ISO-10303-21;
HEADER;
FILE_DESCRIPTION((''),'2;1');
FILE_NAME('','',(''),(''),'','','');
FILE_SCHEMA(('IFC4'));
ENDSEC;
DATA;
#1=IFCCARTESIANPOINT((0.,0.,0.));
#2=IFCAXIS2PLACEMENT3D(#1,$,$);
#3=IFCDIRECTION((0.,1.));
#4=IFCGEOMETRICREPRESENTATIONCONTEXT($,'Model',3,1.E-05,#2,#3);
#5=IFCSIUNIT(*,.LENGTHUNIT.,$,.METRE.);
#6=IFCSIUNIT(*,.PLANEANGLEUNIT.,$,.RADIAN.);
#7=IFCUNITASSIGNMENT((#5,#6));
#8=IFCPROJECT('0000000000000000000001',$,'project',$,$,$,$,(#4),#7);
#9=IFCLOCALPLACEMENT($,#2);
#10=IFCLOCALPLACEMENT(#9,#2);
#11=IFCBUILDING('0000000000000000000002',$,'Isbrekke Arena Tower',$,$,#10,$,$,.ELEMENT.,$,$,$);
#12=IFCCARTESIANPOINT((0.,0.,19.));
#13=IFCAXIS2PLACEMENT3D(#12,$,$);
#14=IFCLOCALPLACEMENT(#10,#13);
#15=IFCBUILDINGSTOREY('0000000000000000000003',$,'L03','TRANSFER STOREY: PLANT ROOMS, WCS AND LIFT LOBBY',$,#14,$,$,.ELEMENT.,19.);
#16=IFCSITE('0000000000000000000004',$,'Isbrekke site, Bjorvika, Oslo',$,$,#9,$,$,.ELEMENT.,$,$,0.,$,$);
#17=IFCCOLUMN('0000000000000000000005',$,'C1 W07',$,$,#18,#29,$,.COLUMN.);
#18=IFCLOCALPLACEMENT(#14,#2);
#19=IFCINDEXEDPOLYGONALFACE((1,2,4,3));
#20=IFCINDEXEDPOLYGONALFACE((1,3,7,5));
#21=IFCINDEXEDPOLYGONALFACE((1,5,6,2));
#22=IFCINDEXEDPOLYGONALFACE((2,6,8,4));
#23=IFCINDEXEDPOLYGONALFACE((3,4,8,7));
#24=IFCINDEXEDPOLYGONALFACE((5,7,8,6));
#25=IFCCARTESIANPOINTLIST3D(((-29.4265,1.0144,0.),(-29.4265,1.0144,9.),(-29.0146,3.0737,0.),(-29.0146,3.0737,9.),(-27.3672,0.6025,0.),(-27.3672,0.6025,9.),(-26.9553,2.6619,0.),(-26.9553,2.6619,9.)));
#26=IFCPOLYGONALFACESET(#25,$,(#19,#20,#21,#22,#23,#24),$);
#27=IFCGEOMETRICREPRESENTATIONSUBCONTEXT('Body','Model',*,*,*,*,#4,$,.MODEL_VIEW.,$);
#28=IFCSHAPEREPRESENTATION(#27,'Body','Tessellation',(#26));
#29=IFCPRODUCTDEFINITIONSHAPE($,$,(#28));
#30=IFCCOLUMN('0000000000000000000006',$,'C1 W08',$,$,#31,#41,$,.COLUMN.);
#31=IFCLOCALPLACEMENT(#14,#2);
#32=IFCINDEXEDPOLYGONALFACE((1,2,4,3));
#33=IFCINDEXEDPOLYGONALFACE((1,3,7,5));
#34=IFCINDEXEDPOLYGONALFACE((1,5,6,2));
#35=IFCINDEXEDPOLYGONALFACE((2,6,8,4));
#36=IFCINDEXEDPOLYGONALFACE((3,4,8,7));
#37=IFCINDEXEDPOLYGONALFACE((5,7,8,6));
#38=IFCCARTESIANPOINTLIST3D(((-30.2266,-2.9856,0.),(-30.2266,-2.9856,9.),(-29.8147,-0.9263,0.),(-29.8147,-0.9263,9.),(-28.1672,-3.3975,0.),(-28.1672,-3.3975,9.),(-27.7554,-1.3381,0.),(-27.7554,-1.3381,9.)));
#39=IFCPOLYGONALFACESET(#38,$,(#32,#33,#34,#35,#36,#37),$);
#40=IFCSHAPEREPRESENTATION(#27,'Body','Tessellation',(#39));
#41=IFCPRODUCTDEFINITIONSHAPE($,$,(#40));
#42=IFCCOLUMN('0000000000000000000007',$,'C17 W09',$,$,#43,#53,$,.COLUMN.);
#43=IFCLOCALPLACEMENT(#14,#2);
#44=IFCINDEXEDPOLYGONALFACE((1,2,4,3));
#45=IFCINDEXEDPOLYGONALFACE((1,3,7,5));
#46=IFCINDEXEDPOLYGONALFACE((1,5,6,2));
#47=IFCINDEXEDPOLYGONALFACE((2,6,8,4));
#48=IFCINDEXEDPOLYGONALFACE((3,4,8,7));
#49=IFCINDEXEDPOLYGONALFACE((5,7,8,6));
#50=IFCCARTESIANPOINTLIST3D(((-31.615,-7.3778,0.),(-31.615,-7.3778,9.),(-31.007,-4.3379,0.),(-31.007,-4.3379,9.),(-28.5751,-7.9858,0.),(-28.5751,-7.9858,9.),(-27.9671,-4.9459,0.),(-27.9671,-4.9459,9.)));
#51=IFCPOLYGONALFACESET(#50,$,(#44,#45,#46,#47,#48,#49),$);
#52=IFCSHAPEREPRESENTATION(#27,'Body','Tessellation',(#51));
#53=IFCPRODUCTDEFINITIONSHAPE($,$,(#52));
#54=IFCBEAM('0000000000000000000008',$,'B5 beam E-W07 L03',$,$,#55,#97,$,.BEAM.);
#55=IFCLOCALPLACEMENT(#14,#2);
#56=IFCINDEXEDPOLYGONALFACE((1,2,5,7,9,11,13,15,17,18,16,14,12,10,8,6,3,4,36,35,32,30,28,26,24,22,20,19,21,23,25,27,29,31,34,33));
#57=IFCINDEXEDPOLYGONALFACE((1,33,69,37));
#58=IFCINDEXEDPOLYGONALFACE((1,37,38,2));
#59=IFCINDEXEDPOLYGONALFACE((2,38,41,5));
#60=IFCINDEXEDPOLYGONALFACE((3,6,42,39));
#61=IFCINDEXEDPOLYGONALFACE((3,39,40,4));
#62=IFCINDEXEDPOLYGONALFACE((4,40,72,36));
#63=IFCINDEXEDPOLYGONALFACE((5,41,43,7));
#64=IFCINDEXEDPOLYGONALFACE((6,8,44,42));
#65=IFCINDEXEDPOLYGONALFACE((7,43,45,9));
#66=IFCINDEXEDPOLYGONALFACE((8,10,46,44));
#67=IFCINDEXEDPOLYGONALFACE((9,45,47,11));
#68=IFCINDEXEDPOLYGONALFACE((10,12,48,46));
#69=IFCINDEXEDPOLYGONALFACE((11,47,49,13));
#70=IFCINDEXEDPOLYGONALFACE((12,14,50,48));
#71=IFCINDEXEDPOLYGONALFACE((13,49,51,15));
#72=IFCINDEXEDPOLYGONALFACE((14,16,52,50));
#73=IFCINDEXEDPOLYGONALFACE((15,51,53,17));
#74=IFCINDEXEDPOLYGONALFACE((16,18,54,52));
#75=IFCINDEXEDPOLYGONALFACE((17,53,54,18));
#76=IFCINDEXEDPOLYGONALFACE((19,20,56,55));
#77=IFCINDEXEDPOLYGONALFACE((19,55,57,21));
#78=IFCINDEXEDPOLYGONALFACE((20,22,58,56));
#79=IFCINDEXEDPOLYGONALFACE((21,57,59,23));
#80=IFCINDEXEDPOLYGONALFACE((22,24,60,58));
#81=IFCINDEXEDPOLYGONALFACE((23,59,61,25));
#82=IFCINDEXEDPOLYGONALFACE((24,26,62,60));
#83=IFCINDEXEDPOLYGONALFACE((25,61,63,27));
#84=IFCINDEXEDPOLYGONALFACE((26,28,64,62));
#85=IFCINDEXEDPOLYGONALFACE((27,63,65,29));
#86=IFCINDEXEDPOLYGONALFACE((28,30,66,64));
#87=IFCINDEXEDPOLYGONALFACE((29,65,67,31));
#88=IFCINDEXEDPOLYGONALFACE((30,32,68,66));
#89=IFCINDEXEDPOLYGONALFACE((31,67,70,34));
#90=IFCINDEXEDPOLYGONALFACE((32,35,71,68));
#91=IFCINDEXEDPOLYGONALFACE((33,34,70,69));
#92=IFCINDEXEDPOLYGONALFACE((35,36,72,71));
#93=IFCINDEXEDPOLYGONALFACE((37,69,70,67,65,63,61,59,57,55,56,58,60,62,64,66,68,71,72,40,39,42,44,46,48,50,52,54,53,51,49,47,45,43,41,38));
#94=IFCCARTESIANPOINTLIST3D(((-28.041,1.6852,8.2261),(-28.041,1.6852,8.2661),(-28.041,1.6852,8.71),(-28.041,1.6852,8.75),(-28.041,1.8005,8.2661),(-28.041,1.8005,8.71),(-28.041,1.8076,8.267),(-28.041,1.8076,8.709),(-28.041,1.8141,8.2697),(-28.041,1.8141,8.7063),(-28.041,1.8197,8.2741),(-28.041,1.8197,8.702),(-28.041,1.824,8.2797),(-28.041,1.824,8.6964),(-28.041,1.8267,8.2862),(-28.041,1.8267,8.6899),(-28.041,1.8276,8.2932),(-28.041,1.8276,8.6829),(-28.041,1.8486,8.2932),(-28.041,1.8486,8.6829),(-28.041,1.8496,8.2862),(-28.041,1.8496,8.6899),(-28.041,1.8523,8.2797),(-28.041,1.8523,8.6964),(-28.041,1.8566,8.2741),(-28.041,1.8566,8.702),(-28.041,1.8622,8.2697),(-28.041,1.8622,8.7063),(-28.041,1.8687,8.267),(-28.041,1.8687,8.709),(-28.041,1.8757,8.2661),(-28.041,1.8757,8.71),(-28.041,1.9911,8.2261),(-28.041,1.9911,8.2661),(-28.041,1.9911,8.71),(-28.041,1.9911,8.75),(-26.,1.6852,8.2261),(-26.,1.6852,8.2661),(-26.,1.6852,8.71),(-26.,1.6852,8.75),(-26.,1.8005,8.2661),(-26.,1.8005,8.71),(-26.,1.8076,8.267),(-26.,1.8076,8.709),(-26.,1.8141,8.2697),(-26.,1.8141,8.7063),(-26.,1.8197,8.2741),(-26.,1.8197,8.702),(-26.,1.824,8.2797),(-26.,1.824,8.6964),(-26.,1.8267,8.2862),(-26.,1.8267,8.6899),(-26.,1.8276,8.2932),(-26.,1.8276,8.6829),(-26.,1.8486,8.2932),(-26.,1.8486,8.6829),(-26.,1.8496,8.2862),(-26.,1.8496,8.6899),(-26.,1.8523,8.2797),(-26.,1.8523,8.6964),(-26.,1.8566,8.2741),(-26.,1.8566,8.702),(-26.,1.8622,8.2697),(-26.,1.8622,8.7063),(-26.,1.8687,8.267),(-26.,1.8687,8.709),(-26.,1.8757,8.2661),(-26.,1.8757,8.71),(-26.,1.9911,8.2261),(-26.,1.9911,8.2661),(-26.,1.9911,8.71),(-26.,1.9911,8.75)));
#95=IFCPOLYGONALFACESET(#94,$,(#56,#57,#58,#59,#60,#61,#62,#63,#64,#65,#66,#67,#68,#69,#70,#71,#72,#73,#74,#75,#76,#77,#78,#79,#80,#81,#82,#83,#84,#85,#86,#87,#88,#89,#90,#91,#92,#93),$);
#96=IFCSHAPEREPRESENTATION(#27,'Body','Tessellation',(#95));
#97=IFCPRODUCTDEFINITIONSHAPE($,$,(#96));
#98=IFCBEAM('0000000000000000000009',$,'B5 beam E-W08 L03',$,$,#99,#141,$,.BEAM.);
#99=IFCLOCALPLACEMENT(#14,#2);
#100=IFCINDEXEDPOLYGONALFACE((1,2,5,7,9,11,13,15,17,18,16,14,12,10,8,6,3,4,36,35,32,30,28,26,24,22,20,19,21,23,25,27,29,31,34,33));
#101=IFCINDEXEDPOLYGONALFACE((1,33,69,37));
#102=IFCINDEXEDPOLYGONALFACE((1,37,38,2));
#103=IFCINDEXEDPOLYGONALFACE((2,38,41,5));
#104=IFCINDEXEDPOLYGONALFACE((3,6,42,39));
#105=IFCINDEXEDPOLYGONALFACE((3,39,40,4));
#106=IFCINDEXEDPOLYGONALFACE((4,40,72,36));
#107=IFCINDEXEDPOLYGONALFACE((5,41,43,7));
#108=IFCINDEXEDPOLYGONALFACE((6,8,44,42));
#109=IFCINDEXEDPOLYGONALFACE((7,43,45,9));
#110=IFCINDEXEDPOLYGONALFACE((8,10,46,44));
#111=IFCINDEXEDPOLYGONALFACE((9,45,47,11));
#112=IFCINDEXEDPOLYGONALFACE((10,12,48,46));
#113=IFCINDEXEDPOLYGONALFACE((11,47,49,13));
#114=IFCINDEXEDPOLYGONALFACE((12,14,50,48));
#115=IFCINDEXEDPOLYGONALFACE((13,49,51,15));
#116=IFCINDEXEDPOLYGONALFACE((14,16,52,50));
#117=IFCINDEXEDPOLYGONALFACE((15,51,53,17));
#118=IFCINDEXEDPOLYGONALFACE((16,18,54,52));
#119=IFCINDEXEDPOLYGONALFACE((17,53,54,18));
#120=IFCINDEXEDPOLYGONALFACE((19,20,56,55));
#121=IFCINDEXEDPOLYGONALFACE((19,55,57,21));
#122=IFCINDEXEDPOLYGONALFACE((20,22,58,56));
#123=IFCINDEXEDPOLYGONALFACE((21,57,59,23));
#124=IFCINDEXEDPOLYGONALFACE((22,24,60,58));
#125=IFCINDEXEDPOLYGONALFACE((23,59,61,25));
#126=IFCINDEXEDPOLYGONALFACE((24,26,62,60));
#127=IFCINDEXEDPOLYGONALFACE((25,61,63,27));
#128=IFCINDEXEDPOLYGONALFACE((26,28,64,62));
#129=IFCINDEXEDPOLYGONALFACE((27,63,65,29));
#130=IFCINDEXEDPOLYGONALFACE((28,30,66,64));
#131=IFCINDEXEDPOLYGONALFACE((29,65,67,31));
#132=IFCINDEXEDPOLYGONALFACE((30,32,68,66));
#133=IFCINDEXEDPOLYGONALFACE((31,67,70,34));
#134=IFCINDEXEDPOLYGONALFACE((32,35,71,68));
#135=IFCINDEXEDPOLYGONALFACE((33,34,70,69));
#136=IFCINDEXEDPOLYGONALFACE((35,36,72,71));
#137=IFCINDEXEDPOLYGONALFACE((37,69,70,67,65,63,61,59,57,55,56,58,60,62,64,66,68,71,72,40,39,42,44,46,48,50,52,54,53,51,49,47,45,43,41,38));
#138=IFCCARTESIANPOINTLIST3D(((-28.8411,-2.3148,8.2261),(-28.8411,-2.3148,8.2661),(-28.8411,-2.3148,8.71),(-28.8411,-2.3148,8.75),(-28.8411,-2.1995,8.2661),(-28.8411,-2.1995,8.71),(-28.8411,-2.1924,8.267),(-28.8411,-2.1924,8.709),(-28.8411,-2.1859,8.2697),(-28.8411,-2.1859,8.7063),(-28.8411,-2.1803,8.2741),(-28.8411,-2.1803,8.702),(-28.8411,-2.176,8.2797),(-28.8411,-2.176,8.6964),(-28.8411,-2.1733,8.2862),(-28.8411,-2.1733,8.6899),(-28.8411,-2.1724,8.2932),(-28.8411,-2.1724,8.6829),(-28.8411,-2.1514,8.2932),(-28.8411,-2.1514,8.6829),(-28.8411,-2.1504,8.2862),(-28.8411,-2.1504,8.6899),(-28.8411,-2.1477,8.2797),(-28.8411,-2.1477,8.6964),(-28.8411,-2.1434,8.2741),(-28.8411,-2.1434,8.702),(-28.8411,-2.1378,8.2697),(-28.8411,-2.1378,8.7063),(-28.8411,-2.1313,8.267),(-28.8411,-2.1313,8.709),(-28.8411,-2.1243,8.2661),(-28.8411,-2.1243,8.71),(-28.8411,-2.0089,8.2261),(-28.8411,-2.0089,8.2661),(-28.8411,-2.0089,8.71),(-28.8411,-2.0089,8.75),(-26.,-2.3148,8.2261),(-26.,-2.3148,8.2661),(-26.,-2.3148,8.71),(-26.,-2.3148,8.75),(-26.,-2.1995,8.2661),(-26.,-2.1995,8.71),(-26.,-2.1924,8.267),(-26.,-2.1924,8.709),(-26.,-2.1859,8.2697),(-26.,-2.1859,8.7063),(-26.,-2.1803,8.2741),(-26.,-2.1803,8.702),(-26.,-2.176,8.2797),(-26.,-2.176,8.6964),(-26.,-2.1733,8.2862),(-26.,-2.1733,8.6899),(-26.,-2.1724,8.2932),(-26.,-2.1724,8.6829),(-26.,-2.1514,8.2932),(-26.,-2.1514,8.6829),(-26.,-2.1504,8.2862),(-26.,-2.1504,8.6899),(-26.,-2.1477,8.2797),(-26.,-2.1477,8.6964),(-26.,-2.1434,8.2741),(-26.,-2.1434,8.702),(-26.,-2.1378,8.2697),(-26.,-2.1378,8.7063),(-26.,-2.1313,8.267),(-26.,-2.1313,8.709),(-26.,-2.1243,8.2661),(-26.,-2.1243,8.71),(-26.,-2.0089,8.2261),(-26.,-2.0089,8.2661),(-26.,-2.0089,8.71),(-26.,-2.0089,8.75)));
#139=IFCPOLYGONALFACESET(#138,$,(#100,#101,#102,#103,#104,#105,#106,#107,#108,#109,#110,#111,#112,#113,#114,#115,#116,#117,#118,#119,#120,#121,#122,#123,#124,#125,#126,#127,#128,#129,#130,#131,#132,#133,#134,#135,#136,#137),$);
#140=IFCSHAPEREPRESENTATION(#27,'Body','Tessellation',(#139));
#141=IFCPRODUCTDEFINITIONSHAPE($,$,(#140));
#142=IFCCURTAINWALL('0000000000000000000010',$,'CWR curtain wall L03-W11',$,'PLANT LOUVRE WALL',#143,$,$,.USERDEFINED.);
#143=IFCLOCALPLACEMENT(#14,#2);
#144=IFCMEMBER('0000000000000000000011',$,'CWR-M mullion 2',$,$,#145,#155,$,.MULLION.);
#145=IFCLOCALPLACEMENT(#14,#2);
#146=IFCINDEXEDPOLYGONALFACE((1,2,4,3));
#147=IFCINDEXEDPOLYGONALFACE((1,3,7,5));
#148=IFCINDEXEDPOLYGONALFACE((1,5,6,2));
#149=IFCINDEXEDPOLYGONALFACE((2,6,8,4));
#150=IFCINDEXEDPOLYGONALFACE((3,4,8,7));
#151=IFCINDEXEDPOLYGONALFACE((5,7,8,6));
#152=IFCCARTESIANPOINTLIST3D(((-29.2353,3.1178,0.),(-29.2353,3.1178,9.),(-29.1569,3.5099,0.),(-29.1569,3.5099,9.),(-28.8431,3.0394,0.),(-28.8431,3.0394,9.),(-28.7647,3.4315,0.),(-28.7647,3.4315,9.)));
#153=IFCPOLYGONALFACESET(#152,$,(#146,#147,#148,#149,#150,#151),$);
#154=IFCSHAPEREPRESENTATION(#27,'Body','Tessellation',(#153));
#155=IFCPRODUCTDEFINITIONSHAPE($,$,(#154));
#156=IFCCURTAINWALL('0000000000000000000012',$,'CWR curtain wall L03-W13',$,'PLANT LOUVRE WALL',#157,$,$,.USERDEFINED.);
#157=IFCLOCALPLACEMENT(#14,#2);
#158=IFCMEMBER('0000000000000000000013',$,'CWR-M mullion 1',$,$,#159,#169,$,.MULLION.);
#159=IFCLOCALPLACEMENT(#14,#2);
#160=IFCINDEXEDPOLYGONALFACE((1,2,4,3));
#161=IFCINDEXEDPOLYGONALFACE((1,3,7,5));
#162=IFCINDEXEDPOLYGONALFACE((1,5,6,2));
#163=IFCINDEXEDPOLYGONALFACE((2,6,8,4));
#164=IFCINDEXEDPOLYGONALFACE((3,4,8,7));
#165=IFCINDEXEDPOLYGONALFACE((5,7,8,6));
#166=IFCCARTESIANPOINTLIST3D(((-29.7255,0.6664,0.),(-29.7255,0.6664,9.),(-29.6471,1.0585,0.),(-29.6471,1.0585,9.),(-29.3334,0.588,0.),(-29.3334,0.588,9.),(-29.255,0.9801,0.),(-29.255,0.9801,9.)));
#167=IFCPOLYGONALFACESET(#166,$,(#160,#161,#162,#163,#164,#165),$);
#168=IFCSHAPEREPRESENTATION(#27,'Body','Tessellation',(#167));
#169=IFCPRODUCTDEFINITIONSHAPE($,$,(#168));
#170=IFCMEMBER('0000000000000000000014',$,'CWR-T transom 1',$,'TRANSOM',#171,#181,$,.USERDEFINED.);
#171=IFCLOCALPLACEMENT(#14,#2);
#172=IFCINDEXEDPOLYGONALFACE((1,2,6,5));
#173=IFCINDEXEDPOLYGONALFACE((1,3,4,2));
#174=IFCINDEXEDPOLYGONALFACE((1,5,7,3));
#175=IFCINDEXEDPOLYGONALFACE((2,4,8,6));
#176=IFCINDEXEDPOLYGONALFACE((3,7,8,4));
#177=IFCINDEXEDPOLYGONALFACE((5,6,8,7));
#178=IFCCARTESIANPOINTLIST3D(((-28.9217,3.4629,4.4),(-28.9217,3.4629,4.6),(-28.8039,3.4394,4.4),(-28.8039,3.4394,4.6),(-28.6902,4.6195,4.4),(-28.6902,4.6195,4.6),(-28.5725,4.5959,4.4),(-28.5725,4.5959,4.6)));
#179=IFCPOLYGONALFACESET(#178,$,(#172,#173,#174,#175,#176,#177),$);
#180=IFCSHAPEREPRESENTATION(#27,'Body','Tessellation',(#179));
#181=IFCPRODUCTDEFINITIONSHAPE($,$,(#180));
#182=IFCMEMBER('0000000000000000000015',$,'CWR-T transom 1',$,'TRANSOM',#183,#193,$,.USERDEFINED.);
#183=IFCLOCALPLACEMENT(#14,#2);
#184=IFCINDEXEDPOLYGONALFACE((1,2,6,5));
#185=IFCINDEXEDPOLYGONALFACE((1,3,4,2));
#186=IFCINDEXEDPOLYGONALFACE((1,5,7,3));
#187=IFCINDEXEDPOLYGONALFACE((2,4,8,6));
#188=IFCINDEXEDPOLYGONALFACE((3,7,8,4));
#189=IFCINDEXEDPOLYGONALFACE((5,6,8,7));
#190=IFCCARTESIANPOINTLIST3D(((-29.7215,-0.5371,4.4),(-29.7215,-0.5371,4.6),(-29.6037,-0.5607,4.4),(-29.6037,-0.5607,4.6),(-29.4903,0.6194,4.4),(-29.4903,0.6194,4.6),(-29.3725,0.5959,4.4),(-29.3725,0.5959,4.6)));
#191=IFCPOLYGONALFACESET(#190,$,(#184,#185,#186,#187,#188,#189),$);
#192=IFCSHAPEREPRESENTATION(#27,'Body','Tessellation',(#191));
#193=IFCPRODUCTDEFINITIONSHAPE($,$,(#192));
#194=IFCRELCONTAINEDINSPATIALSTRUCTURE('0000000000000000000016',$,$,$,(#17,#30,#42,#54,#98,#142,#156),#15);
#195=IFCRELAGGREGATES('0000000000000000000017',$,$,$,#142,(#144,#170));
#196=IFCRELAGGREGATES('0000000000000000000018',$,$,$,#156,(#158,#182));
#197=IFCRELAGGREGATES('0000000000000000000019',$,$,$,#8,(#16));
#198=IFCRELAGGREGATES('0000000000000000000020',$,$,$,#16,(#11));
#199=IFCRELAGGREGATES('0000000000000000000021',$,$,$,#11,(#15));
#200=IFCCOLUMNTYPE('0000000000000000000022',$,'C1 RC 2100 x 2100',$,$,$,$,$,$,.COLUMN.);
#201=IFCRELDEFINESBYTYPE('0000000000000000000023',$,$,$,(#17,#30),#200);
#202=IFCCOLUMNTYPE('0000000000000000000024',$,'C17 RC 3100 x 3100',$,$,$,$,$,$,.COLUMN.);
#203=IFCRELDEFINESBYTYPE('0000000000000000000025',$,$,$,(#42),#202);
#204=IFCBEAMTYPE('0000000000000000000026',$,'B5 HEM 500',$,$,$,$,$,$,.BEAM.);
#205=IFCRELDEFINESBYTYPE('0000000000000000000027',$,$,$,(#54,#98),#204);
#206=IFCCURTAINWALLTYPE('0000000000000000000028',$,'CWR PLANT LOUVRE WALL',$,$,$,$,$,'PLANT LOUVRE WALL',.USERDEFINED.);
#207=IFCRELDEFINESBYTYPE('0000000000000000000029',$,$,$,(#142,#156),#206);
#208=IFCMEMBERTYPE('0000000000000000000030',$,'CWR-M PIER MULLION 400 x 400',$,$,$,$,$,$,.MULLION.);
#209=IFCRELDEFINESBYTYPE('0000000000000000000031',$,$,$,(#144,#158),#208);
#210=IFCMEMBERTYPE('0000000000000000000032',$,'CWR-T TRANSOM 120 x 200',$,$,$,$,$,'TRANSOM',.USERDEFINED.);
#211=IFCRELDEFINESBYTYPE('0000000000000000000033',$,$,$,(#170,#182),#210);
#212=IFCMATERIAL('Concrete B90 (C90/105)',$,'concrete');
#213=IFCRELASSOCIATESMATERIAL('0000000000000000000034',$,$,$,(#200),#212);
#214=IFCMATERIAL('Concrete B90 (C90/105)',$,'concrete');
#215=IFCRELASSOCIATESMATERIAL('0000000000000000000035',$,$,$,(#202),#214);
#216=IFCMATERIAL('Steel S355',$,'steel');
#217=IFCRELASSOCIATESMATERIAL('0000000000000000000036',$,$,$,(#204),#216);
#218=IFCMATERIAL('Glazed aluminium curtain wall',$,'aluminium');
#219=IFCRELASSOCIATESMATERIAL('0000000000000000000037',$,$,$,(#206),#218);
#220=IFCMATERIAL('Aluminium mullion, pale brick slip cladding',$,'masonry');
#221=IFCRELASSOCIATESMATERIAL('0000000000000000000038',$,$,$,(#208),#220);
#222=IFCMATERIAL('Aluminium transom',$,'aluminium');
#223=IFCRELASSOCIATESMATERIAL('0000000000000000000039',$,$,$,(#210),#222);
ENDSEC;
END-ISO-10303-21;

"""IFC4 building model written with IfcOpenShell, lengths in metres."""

from ifc_helpers import new_model, si_unit, direction, frame, origin, origin_2d, place, context, subcontext, project, spatial, rectangle, i_section, extrude, material, material_profile, profile_set, type_object, element, aggregate, save


model = new_model("IFC4")

# Units and contexts
model_context = context("Model", 3, precision=1e-05, world=origin(), true_north=direction((0.0, 1.0)))
body_context = subcontext(model_context, "Body", "Model", "MODEL_VIEW")
ifc_project = project(units=[si_unit("LENGTHUNIT", "METRE"), si_unit("PLANEANGLEUNIT", "RADIAN")], contexts=[model_context])

# Site, building, storey
site_placement = place(None, origin())
site = spatial("IfcSite", under=ifc_project, at=site_placement, Name="Isbrekke site, Bjorvika, Oslo", CompositionType="ELEMENT", RefElevation=0.0)
building_placement = place(site_placement, origin())
building = spatial("IfcBuilding", under=site, at=building_placement, Name="Isbrekke Arena Tower", CompositionType="ELEMENT")
storey_placement = place(building_placement, frame((0.0, 0.0, 19.0)))
storey = spatial("IfcBuildingStorey", under=building, at=storey_placement, Name="L03", Description="TRANSFER STOREY: PLANT ROOMS, WCS AND LIFT LOBBY", CompositionType="ELEMENT", Elevation=19.0)

# Columns
ifc_material_1 = material(Name="Concrete B90 (C90/105)", Category="concrete")
ifc_material_profile_1 = material_profile(ifc_material_1, rectangle(XDim=2.1001, YDim=2.1001, at=origin_2d()), Name="RC 2100x2100")
ifc_profile_set_1 = profile_set([ifc_material_profile_1], Name="Concrete B90 (C90/105)")
column_type_1 = type_object("IfcColumnType", Name="C1 RC 2100 x 2100", PredefinedType="COLUMN", material=ifc_profile_set_1)
for number, where, z_axis, x_axis, name in (
    (1, (-28.1909, 1.8381, 0.0), (0.0, 0.0, 1.0), (-0.196116, -0.980581, 0.0), "C1 W07"),
    (2, (-28.991, -2.1619, 0.0), (0.0, 0.0, 1.0), (-0.196116, -0.980581, 0.0), "C1 W08"),
):
    element("IfcColumn", number, at=place(storey_placement, frame(where, z_axis=z_axis, x_axis=x_axis)), inside=storey, type_object=column_type_1, Name=name, PredefinedType="COLUMN", context=body_context, shape_type="SweptSolid", body=[
        extrude(rectangle(XDim=2.1001, YDim=2.1001, at=origin_2d()), origin(), (0.0, 0.0, 1.0), 9.0),
    ])
ifc_material_2 = material(Name="Concrete B90 (C90/105)", Category="concrete")
ifc_material_profile_2 = material_profile(ifc_material_2, rectangle(XDim=3.1001, YDim=3.1001, at=origin_2d()), Name="RC 3100x3100")
ifc_profile_set_2 = profile_set([ifc_material_profile_2], Name="Concrete B90 (C90/105)")
column_type_2 = type_object("IfcColumnType", Name="C17 RC 3100 x 3100", PredefinedType="COLUMN", material=ifc_profile_set_2)
column_placement = place(storey_placement, frame((-29.791, -6.1619, 0.0), z_axis=(0.0, 0.0, 1.0), x_axis=(-0.196116, -0.980581, 0.0)))
element("IfcColumn", 3, at=column_placement, inside=storey, type_object=column_type_2, Name="C17 W09", PredefinedType="COLUMN", context=body_context, shape_type="SweptSolid", body=[
    extrude(rectangle(XDim=3.1001, YDim=3.1001, at=origin_2d()), origin(), (0.0, 0.0, 1.0), 9.0),
])

# Beams
ifc_material_3 = material(Name="Steel S355", Category="steel")
ifc_material_profile_3 = material_profile(ifc_material_3, i_section(OverallWidth=0.3059, OverallDepth=0.5239, WebThickness=0.021, FlangeThickness=0.04, FilletRadius=0.0271, at=origin_2d()), Name="HEM 500")
ifc_profile_set_3 = profile_set([ifc_material_profile_3], Name="Steel S355")
beam_type_1 = type_object("IfcBeamType", Name="B5 HEM 500", PredefinedType="BEAM", material=ifc_profile_set_3)
beam_1_placement = place(storey_placement, frame((-28.041, 1.8381, 8.488), z_axis=(1.0, 0.0, 0.0), x_axis=(0.0, 1.0, 0.0)))
element("IfcBeam", 4, at=beam_1_placement, inside=storey, type_object=beam_type_1, Name="B5 beam E-W07 L03", PredefinedType="BEAM", context=body_context, shape_type="SweptSolid", body=[
    extrude(i_section(OverallWidth=0.3059, OverallDepth=0.5239, WebThickness=0.021, FlangeThickness=0.04, FilletRadius=0.0271, at=origin_2d()), origin(), (0.0, 0.0, 1.0), 2.041),
])
beam_2_placement = place(storey_placement, frame((-28.8411, -2.1619, 8.488), z_axis=(1.0, 0.0, 0.0), x_axis=(0.0, 1.0, 0.0)))
element("IfcBeam", 5, at=beam_2_placement, inside=storey, type_object=beam_type_1, Name="B5 beam E-W08 L03", PredefinedType="BEAM", context=body_context, shape_type="SweptSolid", body=[
    extrude(i_section(OverallWidth=0.3059, OverallDepth=0.5239, WebThickness=0.021, FlangeThickness=0.04, FilletRadius=0.0271, at=origin_2d()), origin(), (0.0, 0.0, 1.0), 2.8411),
])

# Curtain walls, members
ifc_material_4 = material(Name="Glazed aluminium curtain wall", Category="aluminium")
curtain_wall_type = type_object("IfcCurtainWallType", Name="CWR PLANT LOUVRE WALL", ElementType="PLANT LOUVRE WALL", PredefinedType="USERDEFINED", material=ifc_material_4)
curtain_wall_1_placement = place(storey_placement, origin())
curtain_wall_1 = element("IfcCurtainWall", 6, at=curtain_wall_1_placement, inside=storey, type_object=curtain_wall_type, Name="CWR curtain wall L03-W11", ObjectType="PLANT LOUVRE WALL", PredefinedType="USERDEFINED")
ifc_material_5 = material(Name="Aluminium mullion, pale brick slip cladding", Category="masonry")
ifc_material_profile_4 = material_profile(ifc_material_5, rectangle(XDim=0.3999, YDim=0.3999, at=origin_2d()), Name="PIER 400X400")
ifc_profile_set_4 = profile_set([ifc_material_profile_4], Name="Aluminium mullion, pale brick slip cladding")
member_type_1 = type_object("IfcMemberType", Name="CWR-M PIER MULLION 400 x 400", PredefinedType="MULLION", material=ifc_profile_set_4)
member_1_placement = place(storey_placement, frame((-29.0, 3.2747, 0.0), z_axis=(0.0, 0.0, 1.0), x_axis=(-0.196116, -0.980581, 0.0)))
member_1 = element("IfcMember", 7, at=member_1_placement, type_object=member_type_1, Name="CWR-M mullion 2", PredefinedType="MULLION", context=body_context, shape_type="SweptSolid", body=[
    extrude(rectangle(XDim=0.3999, YDim=0.3999, at=origin_2d()), origin(), (0.0, 0.0, 1.0), 9.0),
])
curtain_wall_2_placement = place(storey_placement, origin())
curtain_wall_2 = element("IfcCurtainWall", 8, at=curtain_wall_2_placement, inside=storey, type_object=curtain_wall_type, Name="CWR curtain wall L03-W13", ObjectType="PLANT LOUVRE WALL", PredefinedType="USERDEFINED")
member_2_placement = place(storey_placement, frame((-29.4902, 0.8232, 0.0), z_axis=(0.0, 0.0, 1.0), x_axis=(-0.196116, -0.980581, 0.0)))
member_2 = element("IfcMember", 9, at=member_2_placement, type_object=member_type_1, Name="CWR-M mullion 1", PredefinedType="MULLION", context=body_context, shape_type="SweptSolid", body=[
    extrude(rectangle(XDim=0.3999, YDim=0.3999, at=origin_2d()), origin(), (0.0, 0.0, 1.0), 9.0),
])

# Members
ifc_material_6 = material(Name="Aluminium transom", Category="aluminium")
ifc_material_profile_5 = material_profile(ifc_material_6, rectangle(XDim=0.1201, YDim=0.2, at=origin_2d()), Name="TRANSOM 120X200")
ifc_profile_set_5 = profile_set([ifc_material_profile_5], Name="Aluminium transom")
member_type_2 = type_object("IfcMemberType", Name="CWR-T TRANSOM 120 x 200", ElementType="TRANSOM", PredefinedType="USERDEFINED", material=ifc_profile_set_5)
member_3_placement = place(storey_placement, frame((-28.6313, 4.6077, 4.5), z_axis=(-0.196236, -0.980557, 0.0), x_axis=(0.980557, -0.196236, 0.0)))
member_3 = element("IfcMember", 10, at=member_3_placement, type_object=member_type_2, Name="CWR-T transom 1", ObjectType="TRANSOM", PredefinedType="USERDEFINED", context=body_context, shape_type="SweptSolid", body=[
    extrude(rectangle(XDim=0.1201, YDim=0.2, at=origin_2d()), origin(), (0.0, 0.0, 1.0), 1.1794),
])
member_4_placement = place(storey_placement, frame((-29.4314, 0.6077, 4.5), z_axis=(-0.196037, -0.980597, 0.0), x_axis=(0.980597, -0.196037, 0.0)))
member_4 = element("IfcMember", 11, at=member_4_placement, type_object=member_type_2, Name="CWR-T transom 1", ObjectType="TRANSOM", PredefinedType="USERDEFINED", context=body_context, shape_type="SweptSolid", body=[
    extrude(rectangle(XDim=0.1201, YDim=0.2, at=origin_2d()), origin(), (0.0, 0.0, 1.0), 1.1794),
])

aggregate(curtain_wall_1, [member_1, member_3])
aggregate(curtain_wall_2, [member_2, member_4])

save(model, "model.ifc")
